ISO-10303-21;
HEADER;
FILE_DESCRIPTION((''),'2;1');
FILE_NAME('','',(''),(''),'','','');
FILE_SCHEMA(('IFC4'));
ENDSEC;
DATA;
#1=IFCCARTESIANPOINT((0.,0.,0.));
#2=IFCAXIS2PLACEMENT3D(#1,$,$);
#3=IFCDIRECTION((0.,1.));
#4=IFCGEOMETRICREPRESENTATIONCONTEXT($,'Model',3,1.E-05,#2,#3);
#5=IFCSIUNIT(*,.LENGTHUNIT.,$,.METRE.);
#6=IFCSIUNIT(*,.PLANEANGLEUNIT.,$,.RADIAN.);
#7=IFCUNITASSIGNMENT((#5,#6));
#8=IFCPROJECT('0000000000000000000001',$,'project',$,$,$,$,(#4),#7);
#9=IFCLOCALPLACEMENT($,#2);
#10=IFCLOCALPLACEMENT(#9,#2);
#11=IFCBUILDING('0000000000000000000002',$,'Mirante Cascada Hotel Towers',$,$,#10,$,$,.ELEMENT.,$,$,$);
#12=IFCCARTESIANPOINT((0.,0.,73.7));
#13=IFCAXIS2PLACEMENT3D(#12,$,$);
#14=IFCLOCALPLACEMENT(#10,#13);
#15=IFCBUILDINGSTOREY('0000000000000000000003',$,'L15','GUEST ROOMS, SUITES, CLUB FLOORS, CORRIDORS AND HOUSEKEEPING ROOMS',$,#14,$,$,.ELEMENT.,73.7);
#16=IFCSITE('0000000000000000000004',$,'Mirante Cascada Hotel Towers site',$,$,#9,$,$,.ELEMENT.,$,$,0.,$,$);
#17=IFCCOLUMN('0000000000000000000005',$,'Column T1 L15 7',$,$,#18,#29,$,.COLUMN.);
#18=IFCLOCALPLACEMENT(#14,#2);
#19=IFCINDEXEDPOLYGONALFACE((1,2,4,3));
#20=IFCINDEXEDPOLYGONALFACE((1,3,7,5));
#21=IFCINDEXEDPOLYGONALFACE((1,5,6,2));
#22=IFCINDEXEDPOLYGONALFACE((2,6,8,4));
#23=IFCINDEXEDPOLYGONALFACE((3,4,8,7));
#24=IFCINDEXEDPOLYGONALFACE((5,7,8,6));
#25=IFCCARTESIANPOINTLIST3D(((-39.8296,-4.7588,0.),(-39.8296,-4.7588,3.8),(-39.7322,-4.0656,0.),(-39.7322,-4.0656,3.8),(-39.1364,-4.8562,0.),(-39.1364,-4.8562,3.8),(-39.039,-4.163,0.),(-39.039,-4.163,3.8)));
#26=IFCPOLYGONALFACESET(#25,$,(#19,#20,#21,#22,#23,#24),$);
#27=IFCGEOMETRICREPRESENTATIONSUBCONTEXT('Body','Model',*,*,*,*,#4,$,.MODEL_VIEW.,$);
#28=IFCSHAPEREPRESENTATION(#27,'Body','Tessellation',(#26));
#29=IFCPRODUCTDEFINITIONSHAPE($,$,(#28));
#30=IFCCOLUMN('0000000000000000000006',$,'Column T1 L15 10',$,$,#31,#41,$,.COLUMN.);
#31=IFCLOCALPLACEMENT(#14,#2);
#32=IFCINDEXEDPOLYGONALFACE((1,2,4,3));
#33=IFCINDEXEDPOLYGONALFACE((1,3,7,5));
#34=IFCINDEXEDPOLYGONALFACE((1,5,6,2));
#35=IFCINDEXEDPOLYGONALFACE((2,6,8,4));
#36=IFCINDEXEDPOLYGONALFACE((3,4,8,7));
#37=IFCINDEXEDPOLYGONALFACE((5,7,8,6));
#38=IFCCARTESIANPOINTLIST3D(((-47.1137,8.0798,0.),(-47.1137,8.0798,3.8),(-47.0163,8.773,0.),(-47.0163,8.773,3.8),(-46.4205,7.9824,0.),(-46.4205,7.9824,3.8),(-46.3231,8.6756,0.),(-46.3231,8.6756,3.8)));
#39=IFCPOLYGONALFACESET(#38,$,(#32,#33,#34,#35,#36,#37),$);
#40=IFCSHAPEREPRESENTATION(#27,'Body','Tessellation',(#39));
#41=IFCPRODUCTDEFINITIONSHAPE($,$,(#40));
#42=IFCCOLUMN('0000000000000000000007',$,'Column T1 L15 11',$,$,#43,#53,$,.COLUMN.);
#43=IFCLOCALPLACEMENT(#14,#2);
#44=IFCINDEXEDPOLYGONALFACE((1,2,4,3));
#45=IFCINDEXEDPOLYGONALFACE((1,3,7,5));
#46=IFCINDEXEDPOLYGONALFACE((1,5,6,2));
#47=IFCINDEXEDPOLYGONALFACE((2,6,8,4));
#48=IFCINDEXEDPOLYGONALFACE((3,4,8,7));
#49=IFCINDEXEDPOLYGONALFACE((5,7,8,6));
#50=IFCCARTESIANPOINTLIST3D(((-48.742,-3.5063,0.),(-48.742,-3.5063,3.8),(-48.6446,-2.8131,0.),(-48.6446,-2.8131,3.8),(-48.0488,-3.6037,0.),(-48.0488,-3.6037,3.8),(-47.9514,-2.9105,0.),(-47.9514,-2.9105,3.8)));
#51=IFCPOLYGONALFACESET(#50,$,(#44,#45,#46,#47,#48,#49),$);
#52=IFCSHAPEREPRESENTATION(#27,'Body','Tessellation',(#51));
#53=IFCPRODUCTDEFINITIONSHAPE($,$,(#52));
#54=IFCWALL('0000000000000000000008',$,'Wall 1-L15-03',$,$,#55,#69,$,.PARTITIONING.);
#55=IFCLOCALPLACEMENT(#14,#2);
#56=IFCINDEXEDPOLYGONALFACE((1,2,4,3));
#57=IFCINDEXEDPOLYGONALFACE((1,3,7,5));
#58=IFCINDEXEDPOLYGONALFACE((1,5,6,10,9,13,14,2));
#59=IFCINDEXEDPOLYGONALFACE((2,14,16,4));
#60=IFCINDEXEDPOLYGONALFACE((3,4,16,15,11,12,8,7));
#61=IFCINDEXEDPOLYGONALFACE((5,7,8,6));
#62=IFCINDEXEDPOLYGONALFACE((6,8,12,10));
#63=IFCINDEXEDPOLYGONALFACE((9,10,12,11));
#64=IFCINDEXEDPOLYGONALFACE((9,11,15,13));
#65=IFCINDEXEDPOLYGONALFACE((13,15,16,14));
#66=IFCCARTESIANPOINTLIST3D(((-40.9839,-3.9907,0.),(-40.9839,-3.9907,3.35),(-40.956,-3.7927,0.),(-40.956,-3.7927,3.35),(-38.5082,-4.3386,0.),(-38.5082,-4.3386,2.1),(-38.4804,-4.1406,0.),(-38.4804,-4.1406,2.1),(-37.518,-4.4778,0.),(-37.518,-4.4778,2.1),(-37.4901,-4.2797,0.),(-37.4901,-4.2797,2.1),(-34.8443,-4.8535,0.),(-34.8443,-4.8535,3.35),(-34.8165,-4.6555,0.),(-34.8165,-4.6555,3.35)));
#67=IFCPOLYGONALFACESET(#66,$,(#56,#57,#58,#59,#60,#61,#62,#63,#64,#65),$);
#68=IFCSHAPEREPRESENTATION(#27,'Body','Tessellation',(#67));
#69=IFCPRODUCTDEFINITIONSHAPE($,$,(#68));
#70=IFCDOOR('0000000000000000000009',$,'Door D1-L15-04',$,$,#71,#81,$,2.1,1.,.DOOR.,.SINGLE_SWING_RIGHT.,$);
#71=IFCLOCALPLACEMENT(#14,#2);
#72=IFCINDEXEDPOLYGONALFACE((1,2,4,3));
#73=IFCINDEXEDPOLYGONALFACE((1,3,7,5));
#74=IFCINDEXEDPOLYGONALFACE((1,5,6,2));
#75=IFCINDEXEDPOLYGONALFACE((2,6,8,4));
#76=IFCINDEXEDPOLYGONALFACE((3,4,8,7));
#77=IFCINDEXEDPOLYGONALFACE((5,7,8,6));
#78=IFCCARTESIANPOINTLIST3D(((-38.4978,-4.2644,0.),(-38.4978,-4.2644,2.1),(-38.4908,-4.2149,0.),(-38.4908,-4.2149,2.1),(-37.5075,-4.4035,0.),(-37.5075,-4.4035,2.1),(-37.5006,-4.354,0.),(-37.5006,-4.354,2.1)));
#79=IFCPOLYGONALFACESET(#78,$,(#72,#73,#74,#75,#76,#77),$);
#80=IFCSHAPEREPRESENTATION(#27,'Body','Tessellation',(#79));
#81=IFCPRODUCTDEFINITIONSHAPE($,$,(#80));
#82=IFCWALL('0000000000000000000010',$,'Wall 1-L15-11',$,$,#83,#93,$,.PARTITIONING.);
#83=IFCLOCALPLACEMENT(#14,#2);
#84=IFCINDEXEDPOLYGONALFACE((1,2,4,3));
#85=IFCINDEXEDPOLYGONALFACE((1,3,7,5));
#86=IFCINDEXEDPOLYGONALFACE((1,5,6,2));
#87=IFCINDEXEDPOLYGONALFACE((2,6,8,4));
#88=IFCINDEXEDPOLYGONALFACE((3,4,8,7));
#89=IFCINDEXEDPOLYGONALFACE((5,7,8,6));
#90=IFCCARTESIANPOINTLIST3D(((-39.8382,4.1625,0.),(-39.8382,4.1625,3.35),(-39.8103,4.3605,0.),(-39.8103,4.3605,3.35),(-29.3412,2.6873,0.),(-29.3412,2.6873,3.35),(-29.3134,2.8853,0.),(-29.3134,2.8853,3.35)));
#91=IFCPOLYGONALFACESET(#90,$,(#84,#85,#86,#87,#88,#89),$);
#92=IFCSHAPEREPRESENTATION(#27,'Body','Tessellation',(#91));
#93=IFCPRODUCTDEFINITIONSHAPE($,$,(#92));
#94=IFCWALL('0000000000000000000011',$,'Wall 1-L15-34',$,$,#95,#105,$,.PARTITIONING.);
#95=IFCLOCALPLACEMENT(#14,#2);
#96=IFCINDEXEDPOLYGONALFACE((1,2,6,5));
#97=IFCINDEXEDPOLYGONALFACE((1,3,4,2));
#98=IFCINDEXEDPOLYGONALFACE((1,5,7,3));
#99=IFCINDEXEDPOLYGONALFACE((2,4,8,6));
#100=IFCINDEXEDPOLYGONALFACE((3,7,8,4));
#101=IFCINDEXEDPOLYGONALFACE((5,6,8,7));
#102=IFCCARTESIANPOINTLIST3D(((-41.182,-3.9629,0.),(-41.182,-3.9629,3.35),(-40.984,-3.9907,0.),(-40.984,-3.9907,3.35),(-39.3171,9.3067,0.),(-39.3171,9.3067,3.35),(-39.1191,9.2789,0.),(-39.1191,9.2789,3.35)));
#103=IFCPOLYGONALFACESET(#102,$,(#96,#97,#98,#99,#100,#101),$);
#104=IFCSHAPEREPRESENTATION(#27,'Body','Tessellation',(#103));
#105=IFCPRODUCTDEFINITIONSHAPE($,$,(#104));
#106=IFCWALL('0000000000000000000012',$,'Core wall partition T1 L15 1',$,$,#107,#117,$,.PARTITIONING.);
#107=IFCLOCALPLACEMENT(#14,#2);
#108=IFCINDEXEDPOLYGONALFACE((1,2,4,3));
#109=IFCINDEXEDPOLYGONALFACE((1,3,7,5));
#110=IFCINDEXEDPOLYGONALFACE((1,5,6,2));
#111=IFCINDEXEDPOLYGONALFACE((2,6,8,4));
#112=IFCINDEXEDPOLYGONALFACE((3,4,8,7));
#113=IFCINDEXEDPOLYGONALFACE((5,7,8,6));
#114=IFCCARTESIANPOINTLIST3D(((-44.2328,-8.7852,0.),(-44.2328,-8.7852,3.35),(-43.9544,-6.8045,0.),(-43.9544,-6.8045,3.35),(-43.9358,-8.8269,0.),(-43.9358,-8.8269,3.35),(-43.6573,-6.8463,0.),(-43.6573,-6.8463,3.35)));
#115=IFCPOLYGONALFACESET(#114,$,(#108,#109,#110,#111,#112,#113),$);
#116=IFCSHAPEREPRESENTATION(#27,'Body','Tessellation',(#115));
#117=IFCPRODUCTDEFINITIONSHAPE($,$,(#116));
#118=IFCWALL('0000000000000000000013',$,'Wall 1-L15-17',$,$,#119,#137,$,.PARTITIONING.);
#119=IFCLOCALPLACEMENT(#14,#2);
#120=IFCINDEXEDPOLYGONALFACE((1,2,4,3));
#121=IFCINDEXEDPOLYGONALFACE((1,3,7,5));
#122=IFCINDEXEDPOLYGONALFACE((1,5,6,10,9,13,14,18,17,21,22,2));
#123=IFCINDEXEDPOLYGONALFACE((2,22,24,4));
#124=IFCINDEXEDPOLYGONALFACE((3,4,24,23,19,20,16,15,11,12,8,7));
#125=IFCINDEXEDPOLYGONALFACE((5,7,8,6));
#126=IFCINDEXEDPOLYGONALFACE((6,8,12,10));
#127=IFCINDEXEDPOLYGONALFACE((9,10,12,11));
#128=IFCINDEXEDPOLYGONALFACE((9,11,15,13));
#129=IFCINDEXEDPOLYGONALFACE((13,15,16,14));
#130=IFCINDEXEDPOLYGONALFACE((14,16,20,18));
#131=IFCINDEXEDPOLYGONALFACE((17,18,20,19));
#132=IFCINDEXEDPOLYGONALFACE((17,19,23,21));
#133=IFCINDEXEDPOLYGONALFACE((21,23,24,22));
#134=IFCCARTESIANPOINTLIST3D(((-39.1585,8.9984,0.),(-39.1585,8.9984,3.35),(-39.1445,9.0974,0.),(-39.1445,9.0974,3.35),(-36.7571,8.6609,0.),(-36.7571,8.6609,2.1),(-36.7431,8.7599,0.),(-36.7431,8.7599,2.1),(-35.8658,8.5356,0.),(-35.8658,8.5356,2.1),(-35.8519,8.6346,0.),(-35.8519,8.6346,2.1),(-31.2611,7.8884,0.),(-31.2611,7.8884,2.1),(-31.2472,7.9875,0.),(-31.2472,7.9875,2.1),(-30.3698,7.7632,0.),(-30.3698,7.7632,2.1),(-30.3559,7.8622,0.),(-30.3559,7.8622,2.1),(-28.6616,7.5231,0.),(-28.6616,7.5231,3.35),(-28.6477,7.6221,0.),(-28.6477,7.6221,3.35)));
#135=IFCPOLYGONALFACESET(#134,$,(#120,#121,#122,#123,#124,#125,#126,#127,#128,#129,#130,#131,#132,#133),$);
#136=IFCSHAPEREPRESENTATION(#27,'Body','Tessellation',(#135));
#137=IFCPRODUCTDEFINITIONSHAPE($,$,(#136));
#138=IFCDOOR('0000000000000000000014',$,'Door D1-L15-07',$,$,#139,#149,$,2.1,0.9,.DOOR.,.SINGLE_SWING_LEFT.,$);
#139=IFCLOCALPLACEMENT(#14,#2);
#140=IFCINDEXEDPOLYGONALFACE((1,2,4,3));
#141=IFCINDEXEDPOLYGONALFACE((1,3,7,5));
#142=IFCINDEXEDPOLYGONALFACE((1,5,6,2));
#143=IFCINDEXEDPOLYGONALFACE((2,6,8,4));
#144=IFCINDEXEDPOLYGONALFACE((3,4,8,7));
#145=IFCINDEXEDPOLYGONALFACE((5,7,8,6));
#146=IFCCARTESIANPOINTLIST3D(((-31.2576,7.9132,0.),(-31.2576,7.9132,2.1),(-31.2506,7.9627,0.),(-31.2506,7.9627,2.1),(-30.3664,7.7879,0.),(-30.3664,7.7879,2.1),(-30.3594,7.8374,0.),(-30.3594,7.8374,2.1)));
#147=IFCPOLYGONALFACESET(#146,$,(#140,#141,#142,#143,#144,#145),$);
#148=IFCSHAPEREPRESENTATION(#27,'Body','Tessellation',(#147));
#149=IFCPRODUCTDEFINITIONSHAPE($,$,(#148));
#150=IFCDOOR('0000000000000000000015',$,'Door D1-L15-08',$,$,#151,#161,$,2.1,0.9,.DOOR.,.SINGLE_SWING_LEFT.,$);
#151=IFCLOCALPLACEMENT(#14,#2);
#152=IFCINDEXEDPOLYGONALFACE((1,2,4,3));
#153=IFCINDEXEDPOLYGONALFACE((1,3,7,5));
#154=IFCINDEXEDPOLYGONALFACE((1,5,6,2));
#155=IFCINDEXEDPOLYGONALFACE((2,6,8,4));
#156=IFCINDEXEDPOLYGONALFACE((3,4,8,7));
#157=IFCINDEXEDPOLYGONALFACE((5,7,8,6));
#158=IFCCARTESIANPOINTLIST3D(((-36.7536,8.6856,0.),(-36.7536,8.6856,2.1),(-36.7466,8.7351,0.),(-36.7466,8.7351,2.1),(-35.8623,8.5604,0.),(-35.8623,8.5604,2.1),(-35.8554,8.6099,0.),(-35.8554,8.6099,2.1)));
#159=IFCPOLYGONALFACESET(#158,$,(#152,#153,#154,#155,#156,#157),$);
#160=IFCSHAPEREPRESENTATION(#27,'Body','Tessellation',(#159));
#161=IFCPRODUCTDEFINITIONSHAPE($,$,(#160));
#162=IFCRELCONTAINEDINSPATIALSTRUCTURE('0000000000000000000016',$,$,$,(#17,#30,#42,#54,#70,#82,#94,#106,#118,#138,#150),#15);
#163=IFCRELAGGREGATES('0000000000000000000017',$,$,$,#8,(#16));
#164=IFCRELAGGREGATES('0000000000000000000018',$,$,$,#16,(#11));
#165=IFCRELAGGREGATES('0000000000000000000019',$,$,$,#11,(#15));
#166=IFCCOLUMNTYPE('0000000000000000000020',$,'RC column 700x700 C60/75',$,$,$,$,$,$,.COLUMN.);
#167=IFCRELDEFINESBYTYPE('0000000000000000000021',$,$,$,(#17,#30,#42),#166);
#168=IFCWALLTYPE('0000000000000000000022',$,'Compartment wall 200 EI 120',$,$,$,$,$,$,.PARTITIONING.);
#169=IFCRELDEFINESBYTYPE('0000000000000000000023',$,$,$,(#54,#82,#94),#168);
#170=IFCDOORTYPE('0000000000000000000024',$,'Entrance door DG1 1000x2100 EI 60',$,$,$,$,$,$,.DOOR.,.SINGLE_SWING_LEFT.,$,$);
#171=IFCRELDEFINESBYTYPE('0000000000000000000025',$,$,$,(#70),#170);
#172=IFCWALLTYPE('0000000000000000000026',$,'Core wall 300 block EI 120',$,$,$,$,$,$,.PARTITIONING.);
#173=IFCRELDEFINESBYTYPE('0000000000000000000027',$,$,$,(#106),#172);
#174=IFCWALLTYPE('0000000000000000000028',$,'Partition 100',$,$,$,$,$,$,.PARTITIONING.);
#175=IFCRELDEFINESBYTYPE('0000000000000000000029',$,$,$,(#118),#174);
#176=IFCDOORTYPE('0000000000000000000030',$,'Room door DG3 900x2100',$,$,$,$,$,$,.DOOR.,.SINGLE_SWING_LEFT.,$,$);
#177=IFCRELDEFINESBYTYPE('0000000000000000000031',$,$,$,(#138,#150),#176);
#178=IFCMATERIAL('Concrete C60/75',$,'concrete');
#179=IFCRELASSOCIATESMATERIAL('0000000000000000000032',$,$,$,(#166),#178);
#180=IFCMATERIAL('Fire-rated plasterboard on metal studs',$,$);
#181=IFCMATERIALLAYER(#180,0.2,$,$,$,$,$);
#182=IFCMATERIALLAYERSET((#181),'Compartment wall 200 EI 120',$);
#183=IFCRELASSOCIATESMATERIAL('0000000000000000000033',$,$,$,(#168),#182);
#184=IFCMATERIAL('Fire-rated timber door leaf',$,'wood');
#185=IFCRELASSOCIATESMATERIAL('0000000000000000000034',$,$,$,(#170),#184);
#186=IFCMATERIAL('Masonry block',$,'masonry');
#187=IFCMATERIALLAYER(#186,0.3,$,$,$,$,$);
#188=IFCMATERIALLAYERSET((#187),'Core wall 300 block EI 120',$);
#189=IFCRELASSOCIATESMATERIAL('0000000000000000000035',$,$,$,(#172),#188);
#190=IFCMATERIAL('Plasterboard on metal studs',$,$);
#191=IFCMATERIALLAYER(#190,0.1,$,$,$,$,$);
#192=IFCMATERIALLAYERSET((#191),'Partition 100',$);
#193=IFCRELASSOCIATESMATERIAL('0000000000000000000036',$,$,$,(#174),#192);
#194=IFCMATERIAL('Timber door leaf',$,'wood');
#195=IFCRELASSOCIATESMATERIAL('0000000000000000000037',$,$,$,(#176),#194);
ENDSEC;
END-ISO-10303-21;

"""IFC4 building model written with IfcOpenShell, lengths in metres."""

from ifc_helpers import new_model, si_unit, direction, frame, frame_2d, origin, origin_2d, place, context, subcontext, project, spatial, rectangle, extrude, material, layer, layer_set, material_profile, profile_set, type_object, element, fill, save


model = new_model("IFC4")

# Units and contexts
model_context = context("Model", 3, precision=1e-05, world=origin(), true_north=direction((0.0, 1.0)))
body_context = subcontext(model_context, "Body", "Model", "MODEL_VIEW")
ifc_project = project(units=[si_unit("LENGTHUNIT", "METRE"), si_unit("PLANEANGLEUNIT", "RADIAN")], contexts=[model_context])

# Site, building, storey
site_placement = place(None, origin())
site = spatial("IfcSite", under=ifc_project, at=site_placement, Name="Mirante Cascada Hotel Towers site", CompositionType="ELEMENT", RefElevation=0.0)
building_placement = place(site_placement, origin())
building = spatial("IfcBuilding", under=site, at=building_placement, Name="Mirante Cascada Hotel Towers", CompositionType="ELEMENT")
storey_placement = place(building_placement, frame((0.0, 0.0, 73.7)))
storey = spatial("IfcBuildingStorey", under=building, at=storey_placement, Name="L15", Description="GUEST ROOMS, SUITES, CLUB FLOORS, CORRIDORS AND HOUSEKEEPING ROOMS", CompositionType="ELEMENT", Elevation=73.7)

# Columns
ifc_material_1 = material(Name="Concrete C60/75", Category="concrete")
ifc_material_profile = material_profile(ifc_material_1, rectangle(XDim=0.7, YDim=0.7, at=origin_2d()), Name="RC column 700x700 C60/75")
ifc_profile_set = profile_set([ifc_material_profile], Name="Concrete C60/75")
column_type = type_object("IfcColumnType", Name="RC column 700x700 C60/75", PredefinedType="COLUMN", material=ifc_profile_set)
for number, where, z_axis, x_axis, name in (
    (1, (-39.4343, -4.4609, 0.0), (0.0, 0.0, 1.0), (-0.990268, 0.139173, 0.0), "Column T1 L15 7"),
    (2, (-46.7184, 8.3777, 0.0), (0.0, 0.0, 1.0), (-0.990268, 0.139173, 0.0), "Column T1 L15 10"),
    (3, (-48.3467, -3.2084, 0.0), (0.0, 0.0, 1.0), (-0.990268, 0.139173, 0.0), "Column T1 L15 11"),
):
    element("IfcColumn", number, at=place(storey_placement, frame(where, z_axis=z_axis, x_axis=x_axis)), inside=storey, type_object=column_type, Name=name, PredefinedType="COLUMN", context=body_context, shape_type="SweptSolid", body=[
        extrude(rectangle(XDim=0.7, YDim=0.7, at=origin_2d()), origin(), (0.0, 0.0, 1.0), 3.8),
    ])

# Wall, opening, door
ifc_material_2 = material(Name="Fire-rated plasterboard on metal studs")
ifc_layer_1 = layer(ifc_material_2, 0.2)
ifc_layer_set_1 = layer_set([ifc_layer_1], Name="Compartment wall 200 EI 120")
wall_type_1 = type_object("IfcWallType", Name="Compartment wall 200 EI 120", PredefinedType="PARTITIONING", material=ifc_layer_set_1)
wall_1_placement = place(storey_placement, frame((-40.97, -3.8917, 0.0), z_axis=(0.0, 0.0, 1.0), x_axis=(0.99027, -0.139163, 0.0)))
wall_1 = element("IfcWall", 4, at=wall_1_placement, inside=storey, type_object=wall_type_1, Name="Wall 1-L15-03", PredefinedType="PARTITIONING", context=body_context, shape_type="SweptSolid", body=[
    extrude(rectangle(XDim=6.1999, YDim=0.2, at=frame_2d((3.1, 0.0))), origin(), (0.0, 0.0, 1.0), 3.35),
])
opening_1_placement = place(wall_1_placement, frame((2.5, 0.0, 0.0)))
opening_1 = element("IfcOpeningElement", 5, at=opening_1_placement, cuts=wall_1, PredefinedType="OPENING", context=body_context, shape_type="SweptSolid", body=[
    extrude(rectangle(XDim=1.0, YDim=2.1, at=frame_2d((0.5, 1.05))), frame((0.0, 0.1, 0.0), z_axis=(0.0, -1.0, 0.0), x_axis=(1.0, 0.0, 0.0)), (0.0, 0.0, 1.0), 0.2),
])
ifc_material_3 = material(Name="Fire-rated timber door leaf", Category="wood")
door_type_1 = type_object("IfcDoorType", Name="Entrance door DG1 1000x2100 EI 60", OperationType="SINGLE_SWING_LEFT", PredefinedType="DOOR", material=ifc_material_3)
door_1_placement = place(opening_1_placement, frame((1.0, 0.0, 0.0), z_axis=(0.0, 0.0, 1.0), x_axis=(-1.0, 0.0, 0.0)))
door_1 = element("IfcDoor", 6, at=door_1_placement, inside=storey, type_object=door_type_1, Name="Door D1-L15-04", OperationType="SINGLE_SWING_RIGHT", OverallHeight=2.1, OverallWidth=1.0, PredefinedType="DOOR", context=body_context, shape_type="SweptSolid", body=[
    extrude(rectangle(XDim=1.0, YDim=2.1, at=frame_2d((0.5, 1.05))), frame((0.0, 0.025, 0.0), z_axis=(0.0, -1.0, 0.0), x_axis=(1.0, 0.0, 0.0)), (0.0, 0.0, 1.0), 0.05),
])
fill(opening_1, door_1)

# Walls
wall_2_placement = place(storey_placement, frame((-39.8242, 4.2615, 0.0), z_axis=(0.0, 0.0, 1.0), x_axis=(0.990269, -0.139169, 0.0)))
element("IfcWall", 7, at=wall_2_placement, inside=storey, type_object=wall_type_1, Name="Wall 1-L15-11", PredefinedType="PARTITIONING", context=body_context, shape_type="SweptSolid", body=[
    extrude(rectangle(XDim=10.6001, YDim=0.2, at=frame_2d((5.3, 0.0))), origin(), (0.0, 0.0, 1.0), 3.35),
])
wall_3_placement = place(storey_placement, frame((-41.083, -3.9768, 0.0), z_axis=(0.0, 0.0, 1.0), x_axis=(0.139172, 0.990268, 0.0)))
element("IfcWall", 8, at=wall_3_placement, inside=storey, type_object=wall_type_1, Name="Wall 1-L15-34", PredefinedType="PARTITIONING", context=body_context, shape_type="SweptSolid", body=[
    extrude(rectangle(XDim=13.4, YDim=0.2, at=frame_2d((6.7, 0.0))), origin(), (0.0, 0.0, 1.0), 3.35),
])
ifc_material_4 = material(Name="Masonry block", Category="masonry")
ifc_layer_2 = layer(ifc_material_4, 0.3)
ifc_layer_set_2 = layer_set([ifc_layer_2], Name="Core wall 300 block EI 120")
wall_type_2 = type_object("IfcWallType", Name="Core wall 300 block EI 120", PredefinedType="PARTITIONING", material=ifc_layer_set_2)
wall_4_placement = place(storey_placement, frame((-44.0843, -8.8061, 0.0), z_axis=(0.0, 0.0, 1.0), x_axis=(0.139195, 0.990265, 0.0)))
element("IfcWall", 9, at=wall_4_placement, inside=storey, type_object=wall_type_2, Name="Core wall partition T1 L15 1", PredefinedType="PARTITIONING", context=body_context, shape_type="SweptSolid", body=[
    extrude(rectangle(XDim=2.0001, YDim=0.3, at=frame_2d((1.0001, 0.0))), origin(), (0.0, 0.0, 1.0), 3.35),
])

# Wall, openings, doors
ifc_material_5 = material(Name="Plasterboard on metal studs")
ifc_layer_3 = layer(ifc_material_5, 0.1)
ifc_layer_set_3 = layer_set([ifc_layer_3], Name="Partition 100")
wall_type_3 = type_object("IfcWallType", Name="Partition 100", PredefinedType="PARTITIONING", material=ifc_layer_set_3)
wall_5_placement = place(storey_placement, frame((-39.1515, 9.0479, 0.0), z_axis=(0.0, 0.0, 1.0), x_axis=(0.990267, -0.13918, 0.0)))
wall_5 = element("IfcWall", 10, at=wall_5_placement, inside=storey, type_object=wall_type_3, Name="Wall 1-L15-17", PredefinedType="PARTITIONING", context=body_context, shape_type="SweptSolid", body=[
    extrude(rectangle(XDim=10.6, YDim=0.1, at=frame_2d((5.3, 0.0))), origin(), (0.0, 0.0, 1.0), 3.35),
])
opening_2_placement = place(wall_5_placement, frame((7.975, 0.0, 0.0)))
opening_2 = element("IfcOpeningElement", 11, at=opening_2_placement, cuts=wall_5, PredefinedType="OPENING", context=body_context, shape_type="SweptSolid", body=[
    extrude(rectangle(XDim=0.9, YDim=2.1, at=frame_2d((0.45, 1.05))), frame((0.0, 0.05, 0.0), z_axis=(0.0, -1.0, 0.0), x_axis=(1.0, 0.0, 0.0)), (0.0, 0.0, 1.0), 0.1),
])
opening_3_placement = place(wall_5_placement, frame((2.425, 0.0, 0.0)))
opening_3 = element("IfcOpeningElement", 12, at=opening_3_placement, cuts=wall_5, PredefinedType="OPENING", context=body_context, shape_type="SweptSolid", body=[
    extrude(rectangle(XDim=0.9, YDim=2.1, at=frame_2d((0.45, 1.05))), frame((0.0, 0.05, 0.0), z_axis=(0.0, -1.0, 0.0), x_axis=(1.0, 0.0, 0.0)), (0.0, 0.0, 1.0), 0.1),
])
ifc_material_6 = material(Name="Timber door leaf", Category="wood")
door_type_2 = type_object("IfcDoorType", Name="Room door DG3 900x2100", OperationType="SINGLE_SWING_LEFT", PredefinedType="DOOR", material=ifc_material_6)
door_2_placement = place(opening_2_placement, origin())
door_2 = element("IfcDoor", 13, at=door_2_placement, inside=storey, type_object=door_type_2, Name="Door D1-L15-07", OperationType="SINGLE_SWING_LEFT", OverallHeight=2.1, OverallWidth=0.9, PredefinedType="DOOR", context=body_context, shape_type="SweptSolid", body=[
    extrude(rectangle(XDim=0.9, YDim=2.1, at=frame_2d((0.45, 1.05))), frame((0.0, 0.025, 0.0), z_axis=(0.0, -1.0, 0.0), x_axis=(1.0, 0.0, 0.0)), (0.0, 0.0, 1.0), 0.05),
])
fill(opening_2, door_2)
door_3_placement = place(opening_3_placement, origin())
door_3 = element("IfcDoor", 14, at=door_3_placement, inside=storey, type_object=door_type_2, Name="Door D1-L15-08", OperationType="SINGLE_SWING_LEFT", OverallHeight=2.1, OverallWidth=0.9, PredefinedType="DOOR", context=body_context, shape_type="SweptSolid", body=[
    extrude(rectangle(XDim=0.9, YDim=2.1, at=frame_2d((0.45, 1.05))), frame((0.0, 0.025, 0.0), z_axis=(0.0, -1.0, 0.0), x_axis=(1.0, 0.0, 0.0)), (0.0, 0.0, 1.0), 0.05),
])
fill(opening_3, door_3)

save(model, "model.ifc")
